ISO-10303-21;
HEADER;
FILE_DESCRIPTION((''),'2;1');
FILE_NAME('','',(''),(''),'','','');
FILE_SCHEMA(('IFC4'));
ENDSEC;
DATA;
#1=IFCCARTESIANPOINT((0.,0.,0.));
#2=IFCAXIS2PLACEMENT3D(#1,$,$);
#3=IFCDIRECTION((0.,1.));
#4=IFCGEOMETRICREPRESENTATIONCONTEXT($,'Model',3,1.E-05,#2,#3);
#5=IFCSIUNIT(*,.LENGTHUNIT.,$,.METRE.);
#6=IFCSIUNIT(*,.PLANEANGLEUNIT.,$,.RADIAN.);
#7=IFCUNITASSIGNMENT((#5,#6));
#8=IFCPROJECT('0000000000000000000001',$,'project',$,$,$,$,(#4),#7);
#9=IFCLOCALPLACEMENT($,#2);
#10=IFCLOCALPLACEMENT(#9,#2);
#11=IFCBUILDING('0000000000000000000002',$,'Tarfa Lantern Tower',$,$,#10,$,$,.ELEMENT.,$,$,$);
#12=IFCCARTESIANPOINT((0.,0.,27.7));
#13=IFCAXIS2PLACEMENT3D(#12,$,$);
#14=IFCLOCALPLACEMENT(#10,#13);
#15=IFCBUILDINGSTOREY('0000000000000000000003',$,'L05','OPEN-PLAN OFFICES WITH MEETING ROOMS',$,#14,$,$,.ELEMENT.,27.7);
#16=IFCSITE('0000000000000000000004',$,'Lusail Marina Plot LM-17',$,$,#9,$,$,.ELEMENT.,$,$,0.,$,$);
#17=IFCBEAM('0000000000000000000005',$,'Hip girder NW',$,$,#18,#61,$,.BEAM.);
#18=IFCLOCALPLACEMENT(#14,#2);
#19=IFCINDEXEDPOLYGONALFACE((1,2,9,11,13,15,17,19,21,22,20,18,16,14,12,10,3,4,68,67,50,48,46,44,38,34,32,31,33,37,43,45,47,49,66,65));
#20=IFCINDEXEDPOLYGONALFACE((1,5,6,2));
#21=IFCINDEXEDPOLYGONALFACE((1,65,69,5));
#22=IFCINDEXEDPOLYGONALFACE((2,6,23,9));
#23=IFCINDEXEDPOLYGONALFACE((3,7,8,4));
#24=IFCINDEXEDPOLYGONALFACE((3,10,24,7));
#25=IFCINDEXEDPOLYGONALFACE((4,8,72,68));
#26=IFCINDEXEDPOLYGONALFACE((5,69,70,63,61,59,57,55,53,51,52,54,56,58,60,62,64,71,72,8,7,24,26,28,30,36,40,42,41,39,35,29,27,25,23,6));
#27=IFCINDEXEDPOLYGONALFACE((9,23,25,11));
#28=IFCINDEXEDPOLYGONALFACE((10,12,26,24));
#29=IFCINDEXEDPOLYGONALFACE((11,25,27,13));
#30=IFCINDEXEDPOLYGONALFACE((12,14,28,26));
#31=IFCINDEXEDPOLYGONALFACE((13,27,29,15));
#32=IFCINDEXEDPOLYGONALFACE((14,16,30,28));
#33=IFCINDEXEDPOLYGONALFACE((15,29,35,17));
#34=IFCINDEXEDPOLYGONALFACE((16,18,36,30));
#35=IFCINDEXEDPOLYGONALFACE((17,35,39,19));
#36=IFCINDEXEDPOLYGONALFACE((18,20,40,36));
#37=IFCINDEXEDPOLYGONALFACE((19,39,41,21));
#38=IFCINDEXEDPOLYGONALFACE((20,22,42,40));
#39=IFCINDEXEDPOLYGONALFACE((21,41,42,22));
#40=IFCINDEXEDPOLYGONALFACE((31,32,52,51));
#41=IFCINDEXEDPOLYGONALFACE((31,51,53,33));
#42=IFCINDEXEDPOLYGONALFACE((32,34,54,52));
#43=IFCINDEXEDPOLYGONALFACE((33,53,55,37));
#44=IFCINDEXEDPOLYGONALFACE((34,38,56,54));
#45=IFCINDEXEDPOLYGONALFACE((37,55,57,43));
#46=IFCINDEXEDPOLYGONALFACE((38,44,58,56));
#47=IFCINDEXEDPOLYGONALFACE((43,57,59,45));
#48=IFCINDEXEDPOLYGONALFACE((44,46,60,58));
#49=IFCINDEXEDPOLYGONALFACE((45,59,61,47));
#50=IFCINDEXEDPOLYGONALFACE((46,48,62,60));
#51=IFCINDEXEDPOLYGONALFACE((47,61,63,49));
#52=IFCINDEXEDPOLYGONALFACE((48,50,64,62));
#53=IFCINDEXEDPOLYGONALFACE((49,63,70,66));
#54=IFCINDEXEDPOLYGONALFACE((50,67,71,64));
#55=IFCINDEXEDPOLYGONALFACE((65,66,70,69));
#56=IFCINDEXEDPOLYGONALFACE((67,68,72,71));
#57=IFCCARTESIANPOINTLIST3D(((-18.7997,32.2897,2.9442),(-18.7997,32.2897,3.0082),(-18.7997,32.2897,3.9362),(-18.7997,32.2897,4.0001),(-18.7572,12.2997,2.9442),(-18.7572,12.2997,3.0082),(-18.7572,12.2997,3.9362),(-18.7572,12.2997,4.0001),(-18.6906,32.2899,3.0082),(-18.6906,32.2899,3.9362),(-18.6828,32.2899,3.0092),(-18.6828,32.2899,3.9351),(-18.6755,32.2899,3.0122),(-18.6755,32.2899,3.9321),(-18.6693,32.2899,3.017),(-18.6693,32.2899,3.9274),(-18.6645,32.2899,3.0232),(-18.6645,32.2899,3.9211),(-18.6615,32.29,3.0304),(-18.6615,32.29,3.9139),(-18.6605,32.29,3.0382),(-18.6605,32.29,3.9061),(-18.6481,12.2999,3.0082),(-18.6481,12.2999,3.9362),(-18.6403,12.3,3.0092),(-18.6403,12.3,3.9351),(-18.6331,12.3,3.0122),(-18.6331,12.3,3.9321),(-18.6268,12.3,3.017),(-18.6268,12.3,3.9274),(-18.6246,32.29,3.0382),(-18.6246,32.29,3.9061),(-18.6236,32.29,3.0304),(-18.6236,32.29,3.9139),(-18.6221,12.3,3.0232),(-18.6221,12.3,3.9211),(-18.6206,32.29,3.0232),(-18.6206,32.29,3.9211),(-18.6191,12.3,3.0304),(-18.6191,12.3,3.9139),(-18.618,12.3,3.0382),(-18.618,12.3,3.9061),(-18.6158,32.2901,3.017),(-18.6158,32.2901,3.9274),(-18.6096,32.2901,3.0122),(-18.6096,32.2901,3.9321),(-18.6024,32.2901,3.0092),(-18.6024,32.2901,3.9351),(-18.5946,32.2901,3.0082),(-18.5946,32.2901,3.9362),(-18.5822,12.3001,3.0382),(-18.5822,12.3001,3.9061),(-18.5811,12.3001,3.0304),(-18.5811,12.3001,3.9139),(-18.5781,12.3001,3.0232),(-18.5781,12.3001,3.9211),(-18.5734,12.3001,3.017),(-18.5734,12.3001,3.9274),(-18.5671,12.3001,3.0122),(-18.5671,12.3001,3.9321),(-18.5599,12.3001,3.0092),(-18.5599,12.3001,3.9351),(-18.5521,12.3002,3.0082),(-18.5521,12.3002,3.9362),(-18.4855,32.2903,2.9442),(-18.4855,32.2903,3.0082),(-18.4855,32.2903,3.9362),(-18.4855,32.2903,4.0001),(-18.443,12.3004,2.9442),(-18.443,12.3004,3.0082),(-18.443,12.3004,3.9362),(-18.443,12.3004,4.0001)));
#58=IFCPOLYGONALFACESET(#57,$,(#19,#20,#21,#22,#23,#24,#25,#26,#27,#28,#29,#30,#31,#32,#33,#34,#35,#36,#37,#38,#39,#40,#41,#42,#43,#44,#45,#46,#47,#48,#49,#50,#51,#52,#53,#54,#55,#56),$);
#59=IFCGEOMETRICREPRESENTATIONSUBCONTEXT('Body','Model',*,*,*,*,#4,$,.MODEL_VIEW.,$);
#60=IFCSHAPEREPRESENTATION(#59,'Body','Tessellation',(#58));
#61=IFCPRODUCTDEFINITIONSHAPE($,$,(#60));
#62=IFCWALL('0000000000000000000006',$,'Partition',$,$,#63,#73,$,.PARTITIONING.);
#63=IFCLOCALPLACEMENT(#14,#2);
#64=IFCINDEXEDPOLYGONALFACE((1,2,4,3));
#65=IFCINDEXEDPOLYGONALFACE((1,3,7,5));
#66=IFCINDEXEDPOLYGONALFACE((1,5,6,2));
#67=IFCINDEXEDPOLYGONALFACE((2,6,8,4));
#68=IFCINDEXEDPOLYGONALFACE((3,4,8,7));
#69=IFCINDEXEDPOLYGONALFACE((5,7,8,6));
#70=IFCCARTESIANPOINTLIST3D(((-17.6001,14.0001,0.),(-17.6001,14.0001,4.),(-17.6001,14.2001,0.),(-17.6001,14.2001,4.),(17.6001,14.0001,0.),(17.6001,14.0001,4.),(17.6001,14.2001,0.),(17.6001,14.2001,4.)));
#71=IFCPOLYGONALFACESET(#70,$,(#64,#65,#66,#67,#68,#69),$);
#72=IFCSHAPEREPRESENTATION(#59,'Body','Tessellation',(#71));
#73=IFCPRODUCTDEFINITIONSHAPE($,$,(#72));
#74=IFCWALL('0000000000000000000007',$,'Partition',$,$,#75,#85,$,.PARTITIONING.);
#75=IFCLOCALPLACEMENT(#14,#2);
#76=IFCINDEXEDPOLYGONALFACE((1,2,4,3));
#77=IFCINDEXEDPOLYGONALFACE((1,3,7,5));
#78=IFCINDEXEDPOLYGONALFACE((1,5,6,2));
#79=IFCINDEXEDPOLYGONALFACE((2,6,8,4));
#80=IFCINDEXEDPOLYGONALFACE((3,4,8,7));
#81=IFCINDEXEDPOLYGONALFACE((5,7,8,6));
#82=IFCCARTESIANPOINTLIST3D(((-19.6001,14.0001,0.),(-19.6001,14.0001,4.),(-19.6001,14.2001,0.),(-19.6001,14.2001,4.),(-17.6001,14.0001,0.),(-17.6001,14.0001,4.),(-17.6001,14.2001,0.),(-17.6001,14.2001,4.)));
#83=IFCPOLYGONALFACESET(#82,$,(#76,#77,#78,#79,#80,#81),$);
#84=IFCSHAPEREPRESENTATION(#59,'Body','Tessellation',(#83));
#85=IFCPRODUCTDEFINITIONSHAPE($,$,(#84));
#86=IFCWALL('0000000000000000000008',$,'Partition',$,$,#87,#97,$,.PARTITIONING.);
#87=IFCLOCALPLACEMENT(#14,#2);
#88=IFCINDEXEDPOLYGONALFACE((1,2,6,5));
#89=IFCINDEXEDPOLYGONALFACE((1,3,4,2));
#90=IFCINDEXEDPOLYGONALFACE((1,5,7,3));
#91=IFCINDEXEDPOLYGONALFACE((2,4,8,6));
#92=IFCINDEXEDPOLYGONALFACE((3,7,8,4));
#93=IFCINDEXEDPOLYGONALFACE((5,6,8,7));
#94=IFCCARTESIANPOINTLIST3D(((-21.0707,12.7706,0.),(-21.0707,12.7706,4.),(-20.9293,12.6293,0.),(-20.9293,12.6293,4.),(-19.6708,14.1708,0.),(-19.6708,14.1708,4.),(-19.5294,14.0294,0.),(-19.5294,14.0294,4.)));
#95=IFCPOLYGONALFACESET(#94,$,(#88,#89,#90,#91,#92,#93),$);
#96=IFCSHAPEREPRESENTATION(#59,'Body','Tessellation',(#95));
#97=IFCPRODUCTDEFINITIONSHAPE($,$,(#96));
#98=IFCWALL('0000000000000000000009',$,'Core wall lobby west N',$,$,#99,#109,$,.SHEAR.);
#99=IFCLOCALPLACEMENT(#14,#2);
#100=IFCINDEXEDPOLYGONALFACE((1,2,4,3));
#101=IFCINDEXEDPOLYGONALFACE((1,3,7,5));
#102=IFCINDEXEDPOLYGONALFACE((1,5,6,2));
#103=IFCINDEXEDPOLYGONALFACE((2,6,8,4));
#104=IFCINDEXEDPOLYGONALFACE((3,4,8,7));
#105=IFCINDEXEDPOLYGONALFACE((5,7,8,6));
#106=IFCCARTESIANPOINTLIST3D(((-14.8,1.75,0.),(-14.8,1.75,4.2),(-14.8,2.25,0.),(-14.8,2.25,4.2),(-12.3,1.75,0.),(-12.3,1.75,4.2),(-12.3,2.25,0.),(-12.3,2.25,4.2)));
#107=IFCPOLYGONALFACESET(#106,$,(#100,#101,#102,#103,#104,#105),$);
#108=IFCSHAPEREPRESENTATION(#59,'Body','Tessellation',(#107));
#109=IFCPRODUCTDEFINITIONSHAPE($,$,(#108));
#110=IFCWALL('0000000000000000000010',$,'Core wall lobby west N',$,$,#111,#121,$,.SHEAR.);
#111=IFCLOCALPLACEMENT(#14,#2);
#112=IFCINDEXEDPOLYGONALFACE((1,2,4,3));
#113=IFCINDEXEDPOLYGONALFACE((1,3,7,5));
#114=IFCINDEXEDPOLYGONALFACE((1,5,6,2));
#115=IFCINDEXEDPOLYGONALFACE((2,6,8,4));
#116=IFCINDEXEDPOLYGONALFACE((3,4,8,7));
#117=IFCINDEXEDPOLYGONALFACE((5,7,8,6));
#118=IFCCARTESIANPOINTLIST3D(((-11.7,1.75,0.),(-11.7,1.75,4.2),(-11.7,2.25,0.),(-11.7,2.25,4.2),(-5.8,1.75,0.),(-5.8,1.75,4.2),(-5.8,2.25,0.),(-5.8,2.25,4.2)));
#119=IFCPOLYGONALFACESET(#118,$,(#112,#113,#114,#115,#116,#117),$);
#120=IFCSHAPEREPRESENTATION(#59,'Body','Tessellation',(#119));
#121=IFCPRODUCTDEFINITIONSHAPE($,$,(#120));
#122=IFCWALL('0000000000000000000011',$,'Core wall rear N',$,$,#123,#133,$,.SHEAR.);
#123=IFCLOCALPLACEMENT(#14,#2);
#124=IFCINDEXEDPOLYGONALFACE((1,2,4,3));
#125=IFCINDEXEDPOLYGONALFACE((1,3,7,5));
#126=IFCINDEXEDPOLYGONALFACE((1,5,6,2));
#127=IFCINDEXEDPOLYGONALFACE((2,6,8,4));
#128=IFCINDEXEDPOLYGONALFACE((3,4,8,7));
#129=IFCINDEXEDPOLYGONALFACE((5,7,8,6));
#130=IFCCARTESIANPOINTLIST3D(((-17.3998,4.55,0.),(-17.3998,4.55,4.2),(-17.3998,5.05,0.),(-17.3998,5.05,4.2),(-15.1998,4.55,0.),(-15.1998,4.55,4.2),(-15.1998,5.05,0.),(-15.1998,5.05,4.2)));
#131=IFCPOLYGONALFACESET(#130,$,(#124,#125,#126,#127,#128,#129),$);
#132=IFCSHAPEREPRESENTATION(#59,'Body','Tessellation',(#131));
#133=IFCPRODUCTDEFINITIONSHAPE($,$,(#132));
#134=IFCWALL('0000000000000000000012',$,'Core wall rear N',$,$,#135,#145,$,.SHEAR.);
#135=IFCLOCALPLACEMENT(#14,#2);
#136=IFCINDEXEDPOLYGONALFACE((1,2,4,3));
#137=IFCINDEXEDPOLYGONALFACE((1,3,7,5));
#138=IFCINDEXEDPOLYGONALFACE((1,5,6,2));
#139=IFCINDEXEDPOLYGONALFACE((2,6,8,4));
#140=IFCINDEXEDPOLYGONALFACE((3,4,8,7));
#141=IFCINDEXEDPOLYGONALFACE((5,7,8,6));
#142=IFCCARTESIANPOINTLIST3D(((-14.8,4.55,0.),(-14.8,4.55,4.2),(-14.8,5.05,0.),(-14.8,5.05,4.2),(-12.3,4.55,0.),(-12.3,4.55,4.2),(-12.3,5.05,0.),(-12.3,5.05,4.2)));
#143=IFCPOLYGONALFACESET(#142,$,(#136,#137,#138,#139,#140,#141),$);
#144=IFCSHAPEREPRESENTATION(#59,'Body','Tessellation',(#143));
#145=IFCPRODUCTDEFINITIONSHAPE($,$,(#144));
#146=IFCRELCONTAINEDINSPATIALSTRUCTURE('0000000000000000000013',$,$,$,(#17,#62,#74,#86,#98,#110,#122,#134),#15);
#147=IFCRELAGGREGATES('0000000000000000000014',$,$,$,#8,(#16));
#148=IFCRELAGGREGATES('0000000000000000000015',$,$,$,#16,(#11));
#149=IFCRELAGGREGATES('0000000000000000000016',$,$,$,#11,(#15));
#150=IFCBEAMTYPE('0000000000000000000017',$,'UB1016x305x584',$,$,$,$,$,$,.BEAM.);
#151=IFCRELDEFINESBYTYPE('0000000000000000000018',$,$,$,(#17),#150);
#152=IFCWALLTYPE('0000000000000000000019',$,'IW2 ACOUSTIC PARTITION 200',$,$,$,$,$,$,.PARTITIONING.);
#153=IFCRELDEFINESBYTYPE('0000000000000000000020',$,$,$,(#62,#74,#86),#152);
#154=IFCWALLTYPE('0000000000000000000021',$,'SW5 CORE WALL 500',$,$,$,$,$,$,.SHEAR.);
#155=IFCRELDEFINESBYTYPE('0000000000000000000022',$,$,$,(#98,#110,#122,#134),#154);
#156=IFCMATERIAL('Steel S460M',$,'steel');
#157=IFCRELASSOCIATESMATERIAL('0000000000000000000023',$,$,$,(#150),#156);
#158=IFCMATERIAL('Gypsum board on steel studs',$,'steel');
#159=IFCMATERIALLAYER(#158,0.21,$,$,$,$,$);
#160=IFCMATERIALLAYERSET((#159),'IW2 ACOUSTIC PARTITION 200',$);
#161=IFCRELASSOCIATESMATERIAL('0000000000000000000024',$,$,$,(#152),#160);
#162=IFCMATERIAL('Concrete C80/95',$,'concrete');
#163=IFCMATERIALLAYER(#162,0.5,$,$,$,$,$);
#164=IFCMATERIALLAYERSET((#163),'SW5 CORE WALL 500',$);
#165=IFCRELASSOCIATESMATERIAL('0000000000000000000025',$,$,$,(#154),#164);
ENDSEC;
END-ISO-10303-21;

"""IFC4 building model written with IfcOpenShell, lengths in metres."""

from ifc_helpers import new_model, si_unit, direction, frame, frame_2d, origin, origin_2d, place, context, subcontext, project, spatial, rectangle, i_section, extrude, material, layer, layer_set, material_profile, profile_set, type_object, element, save


model = new_model("IFC4")

# Units and contexts
model_context = context("Model", 3, precision=1e-05, world=origin(), true_north=direction((0.0, 1.0)))
body_context = subcontext(model_context, "Body", "Model", "MODEL_VIEW")
ifc_project = project(units=[si_unit("LENGTHUNIT", "METRE"), si_unit("PLANEANGLEUNIT", "RADIAN")], contexts=[model_context])

# Site, building, storey
site_placement = place(None, origin())
site = spatial("IfcSite", under=ifc_project, at=site_placement, Name="Lusail Marina Plot LM-17", CompositionType="ELEMENT", RefElevation=0.0)
building_placement = place(site_placement, origin())
building = spatial("IfcBuilding", under=site, at=building_placement, Name="Tarfa Lantern Tower", CompositionType="ELEMENT")
storey_placement = place(building_placement, frame((0.0, 0.0, 27.7)))
storey = spatial("IfcBuildingStorey", under=building, at=storey_placement, Name="L05", Description="OPEN-PLAN OFFICES WITH MEETING ROOMS", CompositionType="ELEMENT", Elevation=27.7)

# Beam
ifc_material_1 = material(Name="Steel S460M", Category="steel")
ifc_material_profile = material_profile(ifc_material_1, i_section(OverallWidth=0.3142, OverallDepth=1.0559, WebThickness=0.0359, FlangeThickness=0.064, FilletRadius=0.03, at=origin_2d()), Name="UB1016x305x584")
ifc_profile_set = profile_set([ifc_material_profile], Name="Steel S460M")
beam_type = type_object("IfcBeamType", Name="UB1016x305x584", PredefinedType="BEAM", material=ifc_profile_set)
beam_placement = place(storey_placement, frame((-18.6001, 12.3, 3.4722), z_axis=(-0.002125, 0.999998, 0.0), x_axis=(-0.999998, -0.002125, 0.0)))
element("IfcBeam", 1, at=beam_placement, inside=storey, type_object=beam_type, Name="Hip girder NW", PredefinedType="BEAM", context=body_context, shape_type="SweptSolid", body=[
    extrude(i_section(OverallWidth=0.3142, OverallDepth=1.0559, WebThickness=0.0359, FlangeThickness=0.064, FilletRadius=0.03, at=origin_2d()), origin(), (0.0, 0.0, 1.0), 19.99),
])

# Walls
ifc_material_2 = material(Name="Gypsum board on steel studs", Category="steel")
ifc_layer_1 = layer(ifc_material_2, 0.21)
ifc_layer_set_1 = layer_set([ifc_layer_1], Name="IW2 ACOUSTIC PARTITION 200")
wall_type_1 = type_object("IfcWallType", Name="IW2 ACOUSTIC PARTITION 200", PredefinedType="PARTITIONING", material=ifc_layer_set_1)
wall_1_placement = place(storey_placement, frame((-17.6001, 14.1001, 0.0), z_axis=(0.0, 0.0, 1.0), x_axis=(1.0, 0.0, 0.0)))
element("IfcWall", 2, at=wall_1_placement, inside=storey, type_object=wall_type_1, Name="Partition", PredefinedType="PARTITIONING", context=body_context, shape_type="SweptSolid", body=[
    extrude(rectangle(XDim=35.2002, YDim=0.2, at=frame_2d((17.6001, 0.0))), origin(), (0.0, 0.0, 1.0), 4.0),
])
wall_2_placement = place(storey_placement, frame((-19.6001, 14.1001, 0.0), z_axis=(0.0, 0.0, 1.0), x_axis=(1.0, 0.0, 0.0)))
element("IfcWall", 3, at=wall_2_placement, inside=storey, type_object=wall_type_1, Name="Partition", PredefinedType="PARTITIONING", context=body_context, shape_type="SweptSolid", body=[
    extrude(rectangle(XDim=2.0, YDim=0.2, at=frame_2d((1.0, 0.0))), origin(), (0.0, 0.0, 1.0), 4.0),
])
wall_3_placement = place(storey_placement, frame((-21.0, 12.7, 0.0), z_axis=(0.0, 0.0, 1.0), x_axis=(0.707045, 0.707168, 0.0)))
element("IfcWall", 4, at=wall_3_placement, inside=storey, type_object=wall_type_1, Name="Partition", PredefinedType="PARTITIONING", context=body_context, shape_type="SweptSolid", body=[
    extrude(rectangle(XDim=1.98, YDim=0.2, at=frame_2d((0.99, 0.0))), origin(), (0.0, 0.0, 1.0), 4.0),
])

# Shared definitions
ifc_material_3 = material(Name="Concrete C80/95", Category="concrete")

# Walls
ifc_layer_2 = layer(ifc_material_3, 0.5)
ifc_layer_set_2 = layer_set([ifc_layer_2], Name="SW5 CORE WALL 500")
wall_type_2 = type_object("IfcWallType", Name="SW5 CORE WALL 500", PredefinedType="SHEAR", material=ifc_layer_set_2)
wall_4_placement = place(storey_placement, frame((-14.8, 2.0, 0.0), z_axis=(0.0, 0.0, 1.0), x_axis=(1.0, 0.0, 0.0)))
element("IfcWall", 5, at=wall_4_placement, inside=storey, type_object=wall_type_2, Name="Core wall lobby west N", PredefinedType="SHEAR", context=body_context, shape_type="SweptSolid", body=[
    extrude(rectangle(XDim=2.5, YDim=0.5, at=frame_2d((1.25, 0.0))), origin(), (0.0, 0.0, 1.0), 4.2),
])
wall_5_placement = place(storey_placement, frame((-11.7, 2.0, 0.0), z_axis=(0.0, 0.0, 1.0), x_axis=(1.0, 0.0, 0.0)))
element("IfcWall", 6, at=wall_5_placement, inside=storey, type_object=wall_type_2, Name="Core wall lobby west N", PredefinedType="SHEAR", context=body_context, shape_type="SweptSolid", body=[
    extrude(rectangle(XDim=5.8999, YDim=0.5, at=frame_2d((2.95, 0.0))), origin(), (0.0, 0.0, 1.0), 4.2),
])
wall_6_placement = place(storey_placement, frame((-17.3999, 4.8, 0.0), z_axis=(0.0, 0.0, 1.0), x_axis=(1.0, 0.0, 0.0)))
element("IfcWall", 7, at=wall_6_placement, inside=storey, type_object=wall_type_2, Name="Core wall rear N", PredefinedType="SHEAR", context=body_context, shape_type="SweptSolid", body=[
    extrude(rectangle(XDim=2.2, YDim=0.5, at=frame_2d((1.1001, 0.0))), origin(), (0.0, 0.0, 1.0), 4.2),
])
wall_7_placement = place(storey_placement, frame((-14.8, 4.8, 0.0), z_axis=(0.0, 0.0, 1.0), x_axis=(1.0, 0.0, 0.0)))
element("IfcWall", 8, at=wall_7_placement, inside=storey, type_object=wall_type_2, Name="Core wall rear N", PredefinedType="SHEAR", context=body_context, shape_type="SweptSolid", body=[
    extrude(rectangle(XDim=2.5, YDim=0.5, at=frame_2d((1.25, 0.0))), origin(), (0.0, 0.0, 1.0), 4.2),
])

save(model, "model.ifc")
